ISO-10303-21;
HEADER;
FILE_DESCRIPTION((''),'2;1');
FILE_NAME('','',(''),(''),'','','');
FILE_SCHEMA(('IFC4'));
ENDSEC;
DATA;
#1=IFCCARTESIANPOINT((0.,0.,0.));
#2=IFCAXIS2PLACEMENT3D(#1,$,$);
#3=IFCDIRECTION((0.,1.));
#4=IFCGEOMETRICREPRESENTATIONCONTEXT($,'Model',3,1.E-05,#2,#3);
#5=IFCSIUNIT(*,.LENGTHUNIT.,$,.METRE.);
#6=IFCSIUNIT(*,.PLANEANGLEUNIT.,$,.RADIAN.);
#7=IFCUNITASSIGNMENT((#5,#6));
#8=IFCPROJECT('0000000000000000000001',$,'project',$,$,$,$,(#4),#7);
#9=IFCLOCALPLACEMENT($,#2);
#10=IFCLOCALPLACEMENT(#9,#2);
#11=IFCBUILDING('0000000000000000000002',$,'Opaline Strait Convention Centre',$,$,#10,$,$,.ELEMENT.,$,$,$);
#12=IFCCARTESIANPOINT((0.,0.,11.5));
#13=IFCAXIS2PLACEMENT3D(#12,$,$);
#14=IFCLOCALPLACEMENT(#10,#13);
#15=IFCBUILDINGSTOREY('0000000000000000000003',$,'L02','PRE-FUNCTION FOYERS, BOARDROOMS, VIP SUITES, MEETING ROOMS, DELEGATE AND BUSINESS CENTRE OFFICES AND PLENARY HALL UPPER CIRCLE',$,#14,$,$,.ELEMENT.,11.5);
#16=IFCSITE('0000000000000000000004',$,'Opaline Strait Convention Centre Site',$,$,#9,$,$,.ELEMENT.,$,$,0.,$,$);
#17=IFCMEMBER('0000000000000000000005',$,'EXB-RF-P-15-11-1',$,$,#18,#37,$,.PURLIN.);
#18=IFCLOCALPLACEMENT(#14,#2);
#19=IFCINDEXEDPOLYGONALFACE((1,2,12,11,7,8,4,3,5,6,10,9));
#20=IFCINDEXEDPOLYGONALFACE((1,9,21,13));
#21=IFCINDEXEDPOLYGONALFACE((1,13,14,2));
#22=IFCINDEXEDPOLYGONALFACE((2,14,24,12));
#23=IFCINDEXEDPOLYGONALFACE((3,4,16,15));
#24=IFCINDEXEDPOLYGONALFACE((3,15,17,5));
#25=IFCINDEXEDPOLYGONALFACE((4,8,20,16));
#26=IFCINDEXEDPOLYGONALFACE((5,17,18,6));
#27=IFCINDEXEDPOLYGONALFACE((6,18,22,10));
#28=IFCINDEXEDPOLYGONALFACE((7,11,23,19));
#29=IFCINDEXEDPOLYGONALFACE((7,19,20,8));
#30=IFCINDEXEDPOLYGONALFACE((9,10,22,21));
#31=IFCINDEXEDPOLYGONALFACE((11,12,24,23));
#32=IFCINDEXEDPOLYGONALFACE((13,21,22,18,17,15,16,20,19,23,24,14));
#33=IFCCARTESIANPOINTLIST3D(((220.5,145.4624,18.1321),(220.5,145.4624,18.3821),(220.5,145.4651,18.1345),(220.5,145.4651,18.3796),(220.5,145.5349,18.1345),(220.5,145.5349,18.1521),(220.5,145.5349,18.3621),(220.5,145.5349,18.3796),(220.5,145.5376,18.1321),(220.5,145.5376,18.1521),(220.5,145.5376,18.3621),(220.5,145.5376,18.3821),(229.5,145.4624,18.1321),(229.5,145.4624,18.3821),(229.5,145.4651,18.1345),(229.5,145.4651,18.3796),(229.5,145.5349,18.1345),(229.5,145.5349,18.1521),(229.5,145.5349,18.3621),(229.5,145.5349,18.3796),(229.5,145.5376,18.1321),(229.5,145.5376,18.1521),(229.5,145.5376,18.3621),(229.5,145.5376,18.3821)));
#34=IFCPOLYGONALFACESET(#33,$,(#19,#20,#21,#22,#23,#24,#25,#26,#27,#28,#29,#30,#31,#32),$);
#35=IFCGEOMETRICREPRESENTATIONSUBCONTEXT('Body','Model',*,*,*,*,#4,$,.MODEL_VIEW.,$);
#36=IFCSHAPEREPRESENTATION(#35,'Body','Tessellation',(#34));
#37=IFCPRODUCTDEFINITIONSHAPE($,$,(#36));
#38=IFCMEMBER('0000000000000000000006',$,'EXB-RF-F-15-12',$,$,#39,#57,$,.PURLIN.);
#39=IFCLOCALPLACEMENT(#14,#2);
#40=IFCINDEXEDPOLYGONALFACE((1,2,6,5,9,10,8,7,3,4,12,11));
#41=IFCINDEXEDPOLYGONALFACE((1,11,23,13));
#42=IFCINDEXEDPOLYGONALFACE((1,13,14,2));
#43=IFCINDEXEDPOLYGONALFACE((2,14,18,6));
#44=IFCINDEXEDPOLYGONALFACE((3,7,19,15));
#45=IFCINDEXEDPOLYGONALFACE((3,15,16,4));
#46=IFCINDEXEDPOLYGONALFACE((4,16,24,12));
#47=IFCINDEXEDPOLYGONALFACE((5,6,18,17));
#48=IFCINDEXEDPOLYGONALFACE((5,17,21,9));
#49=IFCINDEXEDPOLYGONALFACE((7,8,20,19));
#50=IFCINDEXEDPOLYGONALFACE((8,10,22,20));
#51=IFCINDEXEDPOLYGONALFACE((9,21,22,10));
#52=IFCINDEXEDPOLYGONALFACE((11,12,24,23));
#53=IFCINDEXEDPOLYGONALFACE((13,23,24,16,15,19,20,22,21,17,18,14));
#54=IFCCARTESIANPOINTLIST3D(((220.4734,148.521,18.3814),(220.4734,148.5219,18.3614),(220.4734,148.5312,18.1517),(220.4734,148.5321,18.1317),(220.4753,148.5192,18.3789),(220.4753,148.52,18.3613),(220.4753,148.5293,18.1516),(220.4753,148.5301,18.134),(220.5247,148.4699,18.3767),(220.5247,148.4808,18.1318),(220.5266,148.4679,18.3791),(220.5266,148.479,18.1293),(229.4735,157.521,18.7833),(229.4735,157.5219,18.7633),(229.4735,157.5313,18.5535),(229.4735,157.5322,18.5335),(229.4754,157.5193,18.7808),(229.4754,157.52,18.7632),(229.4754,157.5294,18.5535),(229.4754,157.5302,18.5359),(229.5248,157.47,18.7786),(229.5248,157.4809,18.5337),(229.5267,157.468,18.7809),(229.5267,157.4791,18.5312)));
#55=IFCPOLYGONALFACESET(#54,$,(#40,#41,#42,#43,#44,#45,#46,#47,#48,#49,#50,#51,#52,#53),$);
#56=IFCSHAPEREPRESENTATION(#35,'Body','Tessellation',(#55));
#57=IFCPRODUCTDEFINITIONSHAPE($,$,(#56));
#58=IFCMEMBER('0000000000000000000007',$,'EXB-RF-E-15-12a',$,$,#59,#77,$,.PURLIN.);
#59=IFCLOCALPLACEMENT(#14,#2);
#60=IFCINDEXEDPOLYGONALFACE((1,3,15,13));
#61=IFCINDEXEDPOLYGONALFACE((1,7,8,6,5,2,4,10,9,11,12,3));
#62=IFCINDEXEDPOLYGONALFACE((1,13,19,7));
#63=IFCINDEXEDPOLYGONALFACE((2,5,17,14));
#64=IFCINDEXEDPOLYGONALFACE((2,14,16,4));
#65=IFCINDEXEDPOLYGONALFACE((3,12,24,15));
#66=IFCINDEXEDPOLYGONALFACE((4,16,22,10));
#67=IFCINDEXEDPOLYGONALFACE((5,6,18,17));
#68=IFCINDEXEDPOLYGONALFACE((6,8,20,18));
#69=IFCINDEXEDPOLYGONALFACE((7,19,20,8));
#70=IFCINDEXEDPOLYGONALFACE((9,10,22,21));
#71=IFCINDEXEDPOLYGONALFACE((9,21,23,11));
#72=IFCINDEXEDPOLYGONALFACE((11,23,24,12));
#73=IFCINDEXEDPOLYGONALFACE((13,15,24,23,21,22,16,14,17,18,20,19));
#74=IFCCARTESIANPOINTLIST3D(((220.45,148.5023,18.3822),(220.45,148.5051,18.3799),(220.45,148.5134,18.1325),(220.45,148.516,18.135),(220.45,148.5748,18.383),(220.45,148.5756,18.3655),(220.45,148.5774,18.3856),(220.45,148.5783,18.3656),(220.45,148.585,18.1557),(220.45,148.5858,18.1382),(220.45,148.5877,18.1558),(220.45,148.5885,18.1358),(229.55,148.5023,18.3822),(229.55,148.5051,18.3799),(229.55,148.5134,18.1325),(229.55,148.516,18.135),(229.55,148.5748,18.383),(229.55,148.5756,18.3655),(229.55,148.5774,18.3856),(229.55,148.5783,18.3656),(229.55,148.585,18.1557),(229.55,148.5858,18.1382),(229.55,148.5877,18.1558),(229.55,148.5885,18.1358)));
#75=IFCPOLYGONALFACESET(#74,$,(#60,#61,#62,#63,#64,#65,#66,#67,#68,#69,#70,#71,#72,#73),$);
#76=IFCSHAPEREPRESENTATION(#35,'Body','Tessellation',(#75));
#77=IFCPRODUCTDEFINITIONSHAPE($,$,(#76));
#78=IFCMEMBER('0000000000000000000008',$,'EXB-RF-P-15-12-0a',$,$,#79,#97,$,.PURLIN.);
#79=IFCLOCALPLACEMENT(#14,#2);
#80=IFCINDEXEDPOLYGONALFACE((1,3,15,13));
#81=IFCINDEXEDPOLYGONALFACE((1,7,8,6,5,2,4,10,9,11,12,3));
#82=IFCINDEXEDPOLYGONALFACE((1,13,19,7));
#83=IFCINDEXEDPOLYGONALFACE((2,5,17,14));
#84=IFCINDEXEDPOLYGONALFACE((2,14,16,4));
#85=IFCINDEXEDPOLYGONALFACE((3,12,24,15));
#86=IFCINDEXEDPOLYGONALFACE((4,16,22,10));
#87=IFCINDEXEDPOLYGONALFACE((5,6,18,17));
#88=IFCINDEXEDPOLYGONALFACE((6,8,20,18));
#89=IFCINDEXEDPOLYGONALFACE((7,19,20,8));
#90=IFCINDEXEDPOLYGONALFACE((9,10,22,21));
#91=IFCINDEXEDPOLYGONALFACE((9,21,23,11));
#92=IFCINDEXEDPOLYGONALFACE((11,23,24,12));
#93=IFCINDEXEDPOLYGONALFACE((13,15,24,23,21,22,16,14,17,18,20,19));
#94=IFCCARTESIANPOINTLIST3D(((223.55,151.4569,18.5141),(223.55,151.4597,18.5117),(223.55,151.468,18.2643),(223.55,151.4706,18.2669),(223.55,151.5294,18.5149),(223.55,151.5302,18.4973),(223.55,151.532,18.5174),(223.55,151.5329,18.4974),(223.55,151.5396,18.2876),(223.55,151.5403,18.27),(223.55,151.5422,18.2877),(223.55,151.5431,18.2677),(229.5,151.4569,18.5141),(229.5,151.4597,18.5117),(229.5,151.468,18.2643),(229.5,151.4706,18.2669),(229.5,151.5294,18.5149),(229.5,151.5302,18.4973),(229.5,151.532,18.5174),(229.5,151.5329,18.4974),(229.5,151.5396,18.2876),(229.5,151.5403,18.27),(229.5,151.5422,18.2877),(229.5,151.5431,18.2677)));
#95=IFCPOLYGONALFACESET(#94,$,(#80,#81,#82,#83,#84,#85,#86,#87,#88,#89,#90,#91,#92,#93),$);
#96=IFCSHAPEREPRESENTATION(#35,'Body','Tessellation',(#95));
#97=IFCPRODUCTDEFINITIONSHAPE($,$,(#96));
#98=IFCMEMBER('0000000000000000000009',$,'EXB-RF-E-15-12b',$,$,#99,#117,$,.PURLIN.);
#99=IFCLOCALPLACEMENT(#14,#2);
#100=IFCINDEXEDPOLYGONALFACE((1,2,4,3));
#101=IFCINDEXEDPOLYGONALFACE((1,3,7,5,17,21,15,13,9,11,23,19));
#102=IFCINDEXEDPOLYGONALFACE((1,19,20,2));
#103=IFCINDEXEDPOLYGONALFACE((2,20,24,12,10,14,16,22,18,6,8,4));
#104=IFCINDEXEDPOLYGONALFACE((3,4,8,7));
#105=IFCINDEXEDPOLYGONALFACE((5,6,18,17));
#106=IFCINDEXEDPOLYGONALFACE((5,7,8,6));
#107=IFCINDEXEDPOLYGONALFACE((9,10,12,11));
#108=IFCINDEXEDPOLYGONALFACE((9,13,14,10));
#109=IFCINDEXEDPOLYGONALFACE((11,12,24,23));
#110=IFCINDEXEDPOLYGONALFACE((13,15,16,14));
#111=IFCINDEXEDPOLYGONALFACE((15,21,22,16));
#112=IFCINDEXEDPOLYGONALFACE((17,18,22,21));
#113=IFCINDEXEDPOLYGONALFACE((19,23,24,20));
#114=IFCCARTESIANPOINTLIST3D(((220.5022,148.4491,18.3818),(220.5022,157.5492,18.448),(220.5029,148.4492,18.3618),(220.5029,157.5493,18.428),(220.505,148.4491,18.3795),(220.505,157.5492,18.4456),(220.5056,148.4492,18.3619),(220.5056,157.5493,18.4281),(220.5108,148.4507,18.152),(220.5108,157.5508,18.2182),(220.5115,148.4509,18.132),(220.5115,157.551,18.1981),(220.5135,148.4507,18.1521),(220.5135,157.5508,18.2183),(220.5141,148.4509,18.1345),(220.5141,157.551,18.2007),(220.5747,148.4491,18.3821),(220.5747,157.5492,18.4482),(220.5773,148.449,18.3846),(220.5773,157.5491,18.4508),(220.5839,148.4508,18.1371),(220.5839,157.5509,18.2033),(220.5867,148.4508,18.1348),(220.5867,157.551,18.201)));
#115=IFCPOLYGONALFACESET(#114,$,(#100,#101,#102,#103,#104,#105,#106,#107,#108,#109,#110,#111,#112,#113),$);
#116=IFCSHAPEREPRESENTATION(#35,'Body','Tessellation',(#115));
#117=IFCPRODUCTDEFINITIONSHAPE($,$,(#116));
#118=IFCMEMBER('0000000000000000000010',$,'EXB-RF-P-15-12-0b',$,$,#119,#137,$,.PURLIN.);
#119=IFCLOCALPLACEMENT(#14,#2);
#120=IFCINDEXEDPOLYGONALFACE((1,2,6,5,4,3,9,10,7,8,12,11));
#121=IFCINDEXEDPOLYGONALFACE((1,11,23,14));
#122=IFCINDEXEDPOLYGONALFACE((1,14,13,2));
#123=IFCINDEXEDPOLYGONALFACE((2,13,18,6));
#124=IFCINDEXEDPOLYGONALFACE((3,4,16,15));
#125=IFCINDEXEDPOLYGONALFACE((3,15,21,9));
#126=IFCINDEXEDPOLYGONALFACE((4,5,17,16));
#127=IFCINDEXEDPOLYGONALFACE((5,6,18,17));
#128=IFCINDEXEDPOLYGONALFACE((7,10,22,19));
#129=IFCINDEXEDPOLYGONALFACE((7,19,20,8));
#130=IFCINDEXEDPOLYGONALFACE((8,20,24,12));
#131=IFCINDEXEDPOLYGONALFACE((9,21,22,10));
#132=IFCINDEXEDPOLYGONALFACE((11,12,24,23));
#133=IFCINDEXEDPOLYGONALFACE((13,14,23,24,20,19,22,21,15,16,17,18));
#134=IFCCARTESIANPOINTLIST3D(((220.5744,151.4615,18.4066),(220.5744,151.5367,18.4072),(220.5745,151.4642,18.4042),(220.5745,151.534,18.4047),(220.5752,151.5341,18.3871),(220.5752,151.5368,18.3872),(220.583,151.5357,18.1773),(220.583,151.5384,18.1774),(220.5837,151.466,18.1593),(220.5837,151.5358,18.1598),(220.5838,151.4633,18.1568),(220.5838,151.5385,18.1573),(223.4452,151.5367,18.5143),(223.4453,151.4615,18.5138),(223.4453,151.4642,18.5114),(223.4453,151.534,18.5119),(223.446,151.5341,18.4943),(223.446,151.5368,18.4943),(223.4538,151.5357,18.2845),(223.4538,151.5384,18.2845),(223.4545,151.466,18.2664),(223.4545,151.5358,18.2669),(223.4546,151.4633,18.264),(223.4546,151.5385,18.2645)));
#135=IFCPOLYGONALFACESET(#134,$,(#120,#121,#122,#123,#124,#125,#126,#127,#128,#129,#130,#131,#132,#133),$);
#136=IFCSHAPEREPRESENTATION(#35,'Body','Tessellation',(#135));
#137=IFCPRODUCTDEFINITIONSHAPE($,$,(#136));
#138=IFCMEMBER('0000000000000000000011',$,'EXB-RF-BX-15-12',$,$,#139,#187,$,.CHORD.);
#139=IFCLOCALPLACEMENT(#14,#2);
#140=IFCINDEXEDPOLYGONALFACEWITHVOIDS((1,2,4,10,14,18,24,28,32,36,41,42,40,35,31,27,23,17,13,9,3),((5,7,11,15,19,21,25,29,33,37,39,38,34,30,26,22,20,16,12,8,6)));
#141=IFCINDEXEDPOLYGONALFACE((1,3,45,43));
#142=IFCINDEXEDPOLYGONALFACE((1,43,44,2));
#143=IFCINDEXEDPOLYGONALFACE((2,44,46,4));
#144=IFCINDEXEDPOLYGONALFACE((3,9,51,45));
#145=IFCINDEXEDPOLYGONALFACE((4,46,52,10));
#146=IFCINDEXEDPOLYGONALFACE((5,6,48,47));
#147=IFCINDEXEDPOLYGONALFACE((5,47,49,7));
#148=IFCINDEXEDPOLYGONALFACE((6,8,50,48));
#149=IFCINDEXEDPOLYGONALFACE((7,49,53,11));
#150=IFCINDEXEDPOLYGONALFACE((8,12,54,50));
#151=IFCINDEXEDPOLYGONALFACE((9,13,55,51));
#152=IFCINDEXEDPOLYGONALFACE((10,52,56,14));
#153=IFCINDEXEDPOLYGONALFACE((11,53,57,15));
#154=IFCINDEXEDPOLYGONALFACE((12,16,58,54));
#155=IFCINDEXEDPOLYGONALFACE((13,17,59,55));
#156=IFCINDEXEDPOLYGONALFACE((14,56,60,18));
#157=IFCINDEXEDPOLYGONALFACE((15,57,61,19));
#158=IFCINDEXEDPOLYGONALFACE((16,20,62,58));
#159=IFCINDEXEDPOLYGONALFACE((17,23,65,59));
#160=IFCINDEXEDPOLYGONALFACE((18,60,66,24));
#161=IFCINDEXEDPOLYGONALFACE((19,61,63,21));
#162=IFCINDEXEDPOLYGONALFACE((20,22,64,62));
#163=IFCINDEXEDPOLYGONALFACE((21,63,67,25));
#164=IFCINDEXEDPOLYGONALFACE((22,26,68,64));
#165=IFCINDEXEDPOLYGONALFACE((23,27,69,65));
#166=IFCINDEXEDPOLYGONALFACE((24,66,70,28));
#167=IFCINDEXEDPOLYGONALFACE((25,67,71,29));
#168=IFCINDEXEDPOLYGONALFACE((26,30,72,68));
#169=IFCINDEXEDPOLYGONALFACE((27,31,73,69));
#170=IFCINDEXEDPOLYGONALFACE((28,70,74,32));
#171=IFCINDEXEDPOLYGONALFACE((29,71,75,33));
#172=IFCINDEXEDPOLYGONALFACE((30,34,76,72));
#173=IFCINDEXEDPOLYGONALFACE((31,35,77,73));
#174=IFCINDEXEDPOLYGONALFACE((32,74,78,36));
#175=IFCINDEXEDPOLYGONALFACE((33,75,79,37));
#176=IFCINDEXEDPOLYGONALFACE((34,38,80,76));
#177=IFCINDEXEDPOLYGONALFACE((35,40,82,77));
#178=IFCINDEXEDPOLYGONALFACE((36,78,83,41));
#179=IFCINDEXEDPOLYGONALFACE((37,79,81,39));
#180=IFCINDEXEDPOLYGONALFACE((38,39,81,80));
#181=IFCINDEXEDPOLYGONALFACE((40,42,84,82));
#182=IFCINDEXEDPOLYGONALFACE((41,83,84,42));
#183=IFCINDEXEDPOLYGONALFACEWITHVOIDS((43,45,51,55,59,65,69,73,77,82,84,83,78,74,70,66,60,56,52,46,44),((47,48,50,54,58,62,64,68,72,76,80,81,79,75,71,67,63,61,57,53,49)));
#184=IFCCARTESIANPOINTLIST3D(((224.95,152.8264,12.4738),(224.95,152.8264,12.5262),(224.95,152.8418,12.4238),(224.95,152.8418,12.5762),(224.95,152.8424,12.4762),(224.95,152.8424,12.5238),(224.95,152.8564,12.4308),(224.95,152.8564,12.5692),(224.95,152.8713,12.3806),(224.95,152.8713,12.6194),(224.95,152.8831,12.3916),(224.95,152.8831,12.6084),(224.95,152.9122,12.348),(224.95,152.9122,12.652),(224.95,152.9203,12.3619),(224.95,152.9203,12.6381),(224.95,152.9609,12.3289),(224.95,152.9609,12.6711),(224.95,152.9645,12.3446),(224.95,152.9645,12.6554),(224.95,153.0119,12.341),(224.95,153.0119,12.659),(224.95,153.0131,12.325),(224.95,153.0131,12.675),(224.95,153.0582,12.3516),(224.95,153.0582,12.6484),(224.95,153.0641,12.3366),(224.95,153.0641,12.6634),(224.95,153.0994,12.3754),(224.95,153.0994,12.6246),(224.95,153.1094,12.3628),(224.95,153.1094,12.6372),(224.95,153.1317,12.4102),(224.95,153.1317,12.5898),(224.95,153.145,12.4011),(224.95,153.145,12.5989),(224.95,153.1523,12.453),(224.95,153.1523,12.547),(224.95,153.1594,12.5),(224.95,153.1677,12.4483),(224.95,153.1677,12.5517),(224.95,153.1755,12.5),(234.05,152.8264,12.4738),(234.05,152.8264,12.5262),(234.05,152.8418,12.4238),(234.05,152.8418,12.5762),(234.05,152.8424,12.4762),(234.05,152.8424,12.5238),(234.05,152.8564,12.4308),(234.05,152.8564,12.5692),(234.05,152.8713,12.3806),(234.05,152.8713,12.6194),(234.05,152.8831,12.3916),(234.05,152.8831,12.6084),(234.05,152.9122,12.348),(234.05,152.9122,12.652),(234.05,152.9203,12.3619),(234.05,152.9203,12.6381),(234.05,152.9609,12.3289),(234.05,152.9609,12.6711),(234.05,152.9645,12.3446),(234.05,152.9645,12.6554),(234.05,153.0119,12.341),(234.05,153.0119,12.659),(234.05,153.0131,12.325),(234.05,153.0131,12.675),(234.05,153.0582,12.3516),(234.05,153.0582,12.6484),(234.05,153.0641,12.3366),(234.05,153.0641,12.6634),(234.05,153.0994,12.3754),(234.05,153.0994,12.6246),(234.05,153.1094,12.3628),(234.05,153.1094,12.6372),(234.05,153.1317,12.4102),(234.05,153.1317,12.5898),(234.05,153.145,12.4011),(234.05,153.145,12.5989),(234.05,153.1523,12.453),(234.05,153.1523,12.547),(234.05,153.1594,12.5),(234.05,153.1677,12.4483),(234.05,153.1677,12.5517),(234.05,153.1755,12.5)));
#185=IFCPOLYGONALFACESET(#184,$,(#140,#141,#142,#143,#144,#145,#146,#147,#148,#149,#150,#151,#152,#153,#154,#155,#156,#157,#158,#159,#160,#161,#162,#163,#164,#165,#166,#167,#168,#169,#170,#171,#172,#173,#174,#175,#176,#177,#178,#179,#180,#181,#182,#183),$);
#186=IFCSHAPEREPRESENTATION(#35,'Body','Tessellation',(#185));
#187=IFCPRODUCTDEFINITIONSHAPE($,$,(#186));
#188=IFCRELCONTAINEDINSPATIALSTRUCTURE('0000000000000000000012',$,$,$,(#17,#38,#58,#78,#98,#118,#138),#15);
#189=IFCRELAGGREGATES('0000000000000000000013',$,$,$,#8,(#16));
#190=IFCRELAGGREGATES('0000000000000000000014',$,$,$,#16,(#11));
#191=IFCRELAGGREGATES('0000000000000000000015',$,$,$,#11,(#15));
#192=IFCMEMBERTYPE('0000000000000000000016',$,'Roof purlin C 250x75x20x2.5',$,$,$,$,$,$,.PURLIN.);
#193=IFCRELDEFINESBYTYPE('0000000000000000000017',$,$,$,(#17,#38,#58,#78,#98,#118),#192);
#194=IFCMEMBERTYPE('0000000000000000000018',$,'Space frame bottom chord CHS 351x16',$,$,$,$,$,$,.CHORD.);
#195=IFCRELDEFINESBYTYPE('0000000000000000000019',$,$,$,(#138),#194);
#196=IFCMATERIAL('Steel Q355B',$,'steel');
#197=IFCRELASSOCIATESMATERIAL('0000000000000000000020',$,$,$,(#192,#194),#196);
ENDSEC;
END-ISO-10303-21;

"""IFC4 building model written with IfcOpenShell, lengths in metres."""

from ifc_helpers import new_model, si_unit, direction, frame, origin, origin_2d, place, context, subcontext, project, spatial, polyline, hollow_circle, outline, extrude, material, material_profile, profile_set, type_object, element, save


model = new_model("IFC4")

# Units and contexts
model_context = context("Model", 3, precision=1e-05, world=origin(), true_north=direction((0.0, 1.0)))
body_context = subcontext(model_context, "Body", "Model", "MODEL_VIEW")
ifc_project = project(units=[si_unit("LENGTHUNIT", "METRE"), si_unit("PLANEANGLEUNIT", "RADIAN")], contexts=[model_context])

# Site, building, storey
site_placement = place(None, origin())
site = spatial("IfcSite", under=ifc_project, at=site_placement, Name="Opaline Strait Convention Centre Site", CompositionType="ELEMENT", RefElevation=0.0)
building_placement = place(site_placement, origin())
building = spatial("IfcBuilding", under=site, at=building_placement, Name="Opaline Strait Convention Centre", CompositionType="ELEMENT")
storey_placement = place(building_placement, frame((0.0, 0.0, 11.5)))
storey = spatial("IfcBuildingStorey", under=building, at=storey_placement, Name="L02", Description="PRE-FUNCTION FOYERS, BOARDROOMS, VIP SUITES, MEETING ROOMS, DELEGATE AND BUSINESS CENTRE OFFICES AND PLENARY HALL UPPER CIRCLE", CompositionType="ELEMENT", Elevation=11.5)

# Members
ifc_material_1 = material(Name="Steel Q355B", Category="steel")
ifc_material_profile_1 = material_profile(ifc_material_1, outline(polyline([(-0.0376, -0.125), (0.0376, -0.125), (0.0376, -0.105), (0.0349, -0.105), (0.0349, -0.1226), (-0.0349, -0.1226), (-0.0349, 0.1226), (0.0349, 0.1226), (0.0349, 0.105), (0.0376, 0.105), (0.0376, 0.125), (-0.0376, 0.125), (-0.0376, -0.125)])), Name="C 250x75x20x2.5")
ifc_profile_set_1 = profile_set([ifc_material_profile_1], Name="Steel Q355B")
member_type_1 = type_object("IfcMemberType", Name="Roof purlin C 250x75x20x2.5", PredefinedType="PURLIN", material=ifc_profile_set_1)
member_1_placement = place(storey_placement, frame((220.5, 145.5, 18.2571), z_axis=(1.0, 0.0, 0.0), x_axis=(0.0, 1.0, 0.0)))
element("IfcMember", 1, at=member_1_placement, inside=storey, type_object=member_type_1, Name="EXB-RF-P-15-11-1", PredefinedType="PURLIN", context=body_context, shape_type="SweptSolid", body=[
    extrude(outline(polyline([(-0.0376, -0.125), (0.0376, -0.125), (0.0376, -0.105), (0.0349, -0.105), (0.0349, -0.1226), (-0.0349, -0.1226), (-0.0349, 0.1226), (0.0349, 0.1226), (0.0349, 0.105), (0.0376, 0.105), (0.0376, 0.125), (-0.0376, 0.125), (-0.0376, -0.125)])), origin(), (0.0, 0.0, 1.0), 9.0),
])
member_2_placement = place(storey_placement, frame((220.5, 148.5, 18.2554), z_axis=(0.706755, 0.706755, 0.031557), x_axis=(-0.707459, 0.706051, 0.031526)))
element("IfcMember", 2, at=member_2_placement, inside=storey, type_object=member_type_1, Name="EXB-RF-F-15-12", PredefinedType="PURLIN", context=body_context, shape_type="SweptSolid", body=[
    extrude(outline(polyline([(-0.0376, -0.125), (0.0376, -0.125), (0.0376, -0.105), (0.0349, -0.105), (0.0349, -0.1226), (-0.0349, -0.1226), (-0.0349, 0.1226), (0.0349, 0.1226), (0.0349, 0.105), (0.0376, 0.105), (0.0376, 0.125), (-0.0376, 0.125), (-0.0376, -0.125)])), origin(), (0.0, 0.0, 1.0), 12.7344),
])
member_3_placement = place(storey_placement, frame((220.45, 148.5454, 18.259), z_axis=(1.0, 0.0, 0.0), x_axis=(0.0, 0.999005, 0.044606)))
element("IfcMember", 3, at=member_3_placement, inside=storey, type_object=member_type_1, Name="EXB-RF-E-15-12a", PredefinedType="PURLIN", context=body_context, shape_type="SweptSolid", body=[
    extrude(outline(polyline([(-0.0376, -0.125), (0.0376, -0.125), (0.0376, -0.105), (0.0349, -0.105), (0.0349, -0.1226), (-0.0349, -0.1226), (-0.0349, 0.1226), (0.0349, 0.1226), (0.0349, 0.105), (0.0376, 0.105), (0.0376, 0.125), (-0.0376, 0.125), (-0.0376, -0.125)])), origin(), (0.0, 0.0, 1.0), 9.1001),
])
member_4_placement = place(storey_placement, frame((223.55, 151.5, 18.3909), z_axis=(1.0, 0.0, 0.0), x_axis=(0.0, 0.999005, 0.044606)))
element("IfcMember", 4, at=member_4_placement, inside=storey, type_object=member_type_1, Name="EXB-RF-P-15-12-0a", PredefinedType="PURLIN", context=body_context, shape_type="SweptSolid", body=[
    extrude(outline(polyline([(-0.0376, -0.125), (0.0376, -0.125), (0.0376, -0.105), (0.0349, -0.105), (0.0349, -0.1226), (-0.0349, -0.1226), (-0.0349, 0.1226), (0.0349, 0.1226), (0.0349, 0.105), (0.0376, 0.105), (0.0376, 0.125), (-0.0376, 0.125), (-0.0376, -0.125)])), origin(), (0.0, 0.0, 1.0), 5.95),
])
member_5_placement = place(storey_placement, frame((220.5444, 148.45, 18.2583), z_axis=(0.0, 0.999974, 0.00727), x_axis=(-0.999302, 0.000272, -0.037349)))
element("IfcMember", 5, at=member_5_placement, inside=storey, type_object=member_type_1, Name="EXB-RF-E-15-12b", PredefinedType="PURLIN", context=body_context, shape_type="SweptSolid", body=[
    extrude(outline(polyline([(-0.0376, -0.125), (0.0376, -0.125), (0.0376, -0.105), (0.0349, -0.105), (0.0349, -0.1226), (-0.0349, -0.1226), (-0.0349, 0.1226), (0.0349, 0.1226), (0.0349, 0.105), (0.0376, 0.105), (0.0376, 0.125), (-0.0376, 0.125), (-0.0376, -0.125)])), origin(), (0.0, 0.0, 1.0), 9.1003),
])
member_6_placement = place(storey_placement, frame((220.5791, 151.5, 18.282), z_axis=(0.999304, 0.0, 0.037307), x_axis=(-0.000271, 0.999974, 0.007269)))
element("IfcMember", 6, at=member_6_placement, inside=storey, type_object=member_type_1, Name="EXB-RF-P-15-12-0b", PredefinedType="PURLIN", context=body_context, shape_type="SweptSolid", body=[
    extrude(outline(polyline([(-0.0376, -0.125), (0.0376, -0.125), (0.0376, -0.105), (0.0349, -0.105), (0.0349, -0.1226), (-0.0349, -0.1226), (-0.0349, 0.1226), (0.0349, 0.1226), (0.0349, 0.105), (0.0376, 0.105), (0.0376, 0.125), (-0.0376, 0.125), (-0.0376, -0.125)])), origin(), (0.0, 0.0, 1.0), 2.8728),
])
ifc_material_profile_2 = material_profile(ifc_material_1, hollow_circle(Radius=0.1755, WallThickness=0.0161, at=origin_2d()), Name="CHS 351x16")
ifc_profile_set_2 = profile_set([ifc_material_profile_2], Name="Steel Q355B")
member_type_2 = type_object("IfcMemberType", Name="Space frame bottom chord CHS 351x16", PredefinedType="CHORD", material=ifc_profile_set_2)
member_7_placement = place(storey_placement, frame((224.95, 153.0, 12.5), z_axis=(1.0, 0.0, 0.0), x_axis=(0.0, 1.0, 0.0)))
element("IfcMember", 7, at=member_7_placement, inside=storey, type_object=member_type_2, Name="EXB-RF-BX-15-12", PredefinedType="CHORD", context=body_context, shape_type="SweptSolid", body=[
    extrude(hollow_circle(Radius=0.1755, WallThickness=0.0161, at=origin_2d()), origin(), (0.0, 0.0, 1.0), 9.1001),
])

save(model, "model.ifc")
